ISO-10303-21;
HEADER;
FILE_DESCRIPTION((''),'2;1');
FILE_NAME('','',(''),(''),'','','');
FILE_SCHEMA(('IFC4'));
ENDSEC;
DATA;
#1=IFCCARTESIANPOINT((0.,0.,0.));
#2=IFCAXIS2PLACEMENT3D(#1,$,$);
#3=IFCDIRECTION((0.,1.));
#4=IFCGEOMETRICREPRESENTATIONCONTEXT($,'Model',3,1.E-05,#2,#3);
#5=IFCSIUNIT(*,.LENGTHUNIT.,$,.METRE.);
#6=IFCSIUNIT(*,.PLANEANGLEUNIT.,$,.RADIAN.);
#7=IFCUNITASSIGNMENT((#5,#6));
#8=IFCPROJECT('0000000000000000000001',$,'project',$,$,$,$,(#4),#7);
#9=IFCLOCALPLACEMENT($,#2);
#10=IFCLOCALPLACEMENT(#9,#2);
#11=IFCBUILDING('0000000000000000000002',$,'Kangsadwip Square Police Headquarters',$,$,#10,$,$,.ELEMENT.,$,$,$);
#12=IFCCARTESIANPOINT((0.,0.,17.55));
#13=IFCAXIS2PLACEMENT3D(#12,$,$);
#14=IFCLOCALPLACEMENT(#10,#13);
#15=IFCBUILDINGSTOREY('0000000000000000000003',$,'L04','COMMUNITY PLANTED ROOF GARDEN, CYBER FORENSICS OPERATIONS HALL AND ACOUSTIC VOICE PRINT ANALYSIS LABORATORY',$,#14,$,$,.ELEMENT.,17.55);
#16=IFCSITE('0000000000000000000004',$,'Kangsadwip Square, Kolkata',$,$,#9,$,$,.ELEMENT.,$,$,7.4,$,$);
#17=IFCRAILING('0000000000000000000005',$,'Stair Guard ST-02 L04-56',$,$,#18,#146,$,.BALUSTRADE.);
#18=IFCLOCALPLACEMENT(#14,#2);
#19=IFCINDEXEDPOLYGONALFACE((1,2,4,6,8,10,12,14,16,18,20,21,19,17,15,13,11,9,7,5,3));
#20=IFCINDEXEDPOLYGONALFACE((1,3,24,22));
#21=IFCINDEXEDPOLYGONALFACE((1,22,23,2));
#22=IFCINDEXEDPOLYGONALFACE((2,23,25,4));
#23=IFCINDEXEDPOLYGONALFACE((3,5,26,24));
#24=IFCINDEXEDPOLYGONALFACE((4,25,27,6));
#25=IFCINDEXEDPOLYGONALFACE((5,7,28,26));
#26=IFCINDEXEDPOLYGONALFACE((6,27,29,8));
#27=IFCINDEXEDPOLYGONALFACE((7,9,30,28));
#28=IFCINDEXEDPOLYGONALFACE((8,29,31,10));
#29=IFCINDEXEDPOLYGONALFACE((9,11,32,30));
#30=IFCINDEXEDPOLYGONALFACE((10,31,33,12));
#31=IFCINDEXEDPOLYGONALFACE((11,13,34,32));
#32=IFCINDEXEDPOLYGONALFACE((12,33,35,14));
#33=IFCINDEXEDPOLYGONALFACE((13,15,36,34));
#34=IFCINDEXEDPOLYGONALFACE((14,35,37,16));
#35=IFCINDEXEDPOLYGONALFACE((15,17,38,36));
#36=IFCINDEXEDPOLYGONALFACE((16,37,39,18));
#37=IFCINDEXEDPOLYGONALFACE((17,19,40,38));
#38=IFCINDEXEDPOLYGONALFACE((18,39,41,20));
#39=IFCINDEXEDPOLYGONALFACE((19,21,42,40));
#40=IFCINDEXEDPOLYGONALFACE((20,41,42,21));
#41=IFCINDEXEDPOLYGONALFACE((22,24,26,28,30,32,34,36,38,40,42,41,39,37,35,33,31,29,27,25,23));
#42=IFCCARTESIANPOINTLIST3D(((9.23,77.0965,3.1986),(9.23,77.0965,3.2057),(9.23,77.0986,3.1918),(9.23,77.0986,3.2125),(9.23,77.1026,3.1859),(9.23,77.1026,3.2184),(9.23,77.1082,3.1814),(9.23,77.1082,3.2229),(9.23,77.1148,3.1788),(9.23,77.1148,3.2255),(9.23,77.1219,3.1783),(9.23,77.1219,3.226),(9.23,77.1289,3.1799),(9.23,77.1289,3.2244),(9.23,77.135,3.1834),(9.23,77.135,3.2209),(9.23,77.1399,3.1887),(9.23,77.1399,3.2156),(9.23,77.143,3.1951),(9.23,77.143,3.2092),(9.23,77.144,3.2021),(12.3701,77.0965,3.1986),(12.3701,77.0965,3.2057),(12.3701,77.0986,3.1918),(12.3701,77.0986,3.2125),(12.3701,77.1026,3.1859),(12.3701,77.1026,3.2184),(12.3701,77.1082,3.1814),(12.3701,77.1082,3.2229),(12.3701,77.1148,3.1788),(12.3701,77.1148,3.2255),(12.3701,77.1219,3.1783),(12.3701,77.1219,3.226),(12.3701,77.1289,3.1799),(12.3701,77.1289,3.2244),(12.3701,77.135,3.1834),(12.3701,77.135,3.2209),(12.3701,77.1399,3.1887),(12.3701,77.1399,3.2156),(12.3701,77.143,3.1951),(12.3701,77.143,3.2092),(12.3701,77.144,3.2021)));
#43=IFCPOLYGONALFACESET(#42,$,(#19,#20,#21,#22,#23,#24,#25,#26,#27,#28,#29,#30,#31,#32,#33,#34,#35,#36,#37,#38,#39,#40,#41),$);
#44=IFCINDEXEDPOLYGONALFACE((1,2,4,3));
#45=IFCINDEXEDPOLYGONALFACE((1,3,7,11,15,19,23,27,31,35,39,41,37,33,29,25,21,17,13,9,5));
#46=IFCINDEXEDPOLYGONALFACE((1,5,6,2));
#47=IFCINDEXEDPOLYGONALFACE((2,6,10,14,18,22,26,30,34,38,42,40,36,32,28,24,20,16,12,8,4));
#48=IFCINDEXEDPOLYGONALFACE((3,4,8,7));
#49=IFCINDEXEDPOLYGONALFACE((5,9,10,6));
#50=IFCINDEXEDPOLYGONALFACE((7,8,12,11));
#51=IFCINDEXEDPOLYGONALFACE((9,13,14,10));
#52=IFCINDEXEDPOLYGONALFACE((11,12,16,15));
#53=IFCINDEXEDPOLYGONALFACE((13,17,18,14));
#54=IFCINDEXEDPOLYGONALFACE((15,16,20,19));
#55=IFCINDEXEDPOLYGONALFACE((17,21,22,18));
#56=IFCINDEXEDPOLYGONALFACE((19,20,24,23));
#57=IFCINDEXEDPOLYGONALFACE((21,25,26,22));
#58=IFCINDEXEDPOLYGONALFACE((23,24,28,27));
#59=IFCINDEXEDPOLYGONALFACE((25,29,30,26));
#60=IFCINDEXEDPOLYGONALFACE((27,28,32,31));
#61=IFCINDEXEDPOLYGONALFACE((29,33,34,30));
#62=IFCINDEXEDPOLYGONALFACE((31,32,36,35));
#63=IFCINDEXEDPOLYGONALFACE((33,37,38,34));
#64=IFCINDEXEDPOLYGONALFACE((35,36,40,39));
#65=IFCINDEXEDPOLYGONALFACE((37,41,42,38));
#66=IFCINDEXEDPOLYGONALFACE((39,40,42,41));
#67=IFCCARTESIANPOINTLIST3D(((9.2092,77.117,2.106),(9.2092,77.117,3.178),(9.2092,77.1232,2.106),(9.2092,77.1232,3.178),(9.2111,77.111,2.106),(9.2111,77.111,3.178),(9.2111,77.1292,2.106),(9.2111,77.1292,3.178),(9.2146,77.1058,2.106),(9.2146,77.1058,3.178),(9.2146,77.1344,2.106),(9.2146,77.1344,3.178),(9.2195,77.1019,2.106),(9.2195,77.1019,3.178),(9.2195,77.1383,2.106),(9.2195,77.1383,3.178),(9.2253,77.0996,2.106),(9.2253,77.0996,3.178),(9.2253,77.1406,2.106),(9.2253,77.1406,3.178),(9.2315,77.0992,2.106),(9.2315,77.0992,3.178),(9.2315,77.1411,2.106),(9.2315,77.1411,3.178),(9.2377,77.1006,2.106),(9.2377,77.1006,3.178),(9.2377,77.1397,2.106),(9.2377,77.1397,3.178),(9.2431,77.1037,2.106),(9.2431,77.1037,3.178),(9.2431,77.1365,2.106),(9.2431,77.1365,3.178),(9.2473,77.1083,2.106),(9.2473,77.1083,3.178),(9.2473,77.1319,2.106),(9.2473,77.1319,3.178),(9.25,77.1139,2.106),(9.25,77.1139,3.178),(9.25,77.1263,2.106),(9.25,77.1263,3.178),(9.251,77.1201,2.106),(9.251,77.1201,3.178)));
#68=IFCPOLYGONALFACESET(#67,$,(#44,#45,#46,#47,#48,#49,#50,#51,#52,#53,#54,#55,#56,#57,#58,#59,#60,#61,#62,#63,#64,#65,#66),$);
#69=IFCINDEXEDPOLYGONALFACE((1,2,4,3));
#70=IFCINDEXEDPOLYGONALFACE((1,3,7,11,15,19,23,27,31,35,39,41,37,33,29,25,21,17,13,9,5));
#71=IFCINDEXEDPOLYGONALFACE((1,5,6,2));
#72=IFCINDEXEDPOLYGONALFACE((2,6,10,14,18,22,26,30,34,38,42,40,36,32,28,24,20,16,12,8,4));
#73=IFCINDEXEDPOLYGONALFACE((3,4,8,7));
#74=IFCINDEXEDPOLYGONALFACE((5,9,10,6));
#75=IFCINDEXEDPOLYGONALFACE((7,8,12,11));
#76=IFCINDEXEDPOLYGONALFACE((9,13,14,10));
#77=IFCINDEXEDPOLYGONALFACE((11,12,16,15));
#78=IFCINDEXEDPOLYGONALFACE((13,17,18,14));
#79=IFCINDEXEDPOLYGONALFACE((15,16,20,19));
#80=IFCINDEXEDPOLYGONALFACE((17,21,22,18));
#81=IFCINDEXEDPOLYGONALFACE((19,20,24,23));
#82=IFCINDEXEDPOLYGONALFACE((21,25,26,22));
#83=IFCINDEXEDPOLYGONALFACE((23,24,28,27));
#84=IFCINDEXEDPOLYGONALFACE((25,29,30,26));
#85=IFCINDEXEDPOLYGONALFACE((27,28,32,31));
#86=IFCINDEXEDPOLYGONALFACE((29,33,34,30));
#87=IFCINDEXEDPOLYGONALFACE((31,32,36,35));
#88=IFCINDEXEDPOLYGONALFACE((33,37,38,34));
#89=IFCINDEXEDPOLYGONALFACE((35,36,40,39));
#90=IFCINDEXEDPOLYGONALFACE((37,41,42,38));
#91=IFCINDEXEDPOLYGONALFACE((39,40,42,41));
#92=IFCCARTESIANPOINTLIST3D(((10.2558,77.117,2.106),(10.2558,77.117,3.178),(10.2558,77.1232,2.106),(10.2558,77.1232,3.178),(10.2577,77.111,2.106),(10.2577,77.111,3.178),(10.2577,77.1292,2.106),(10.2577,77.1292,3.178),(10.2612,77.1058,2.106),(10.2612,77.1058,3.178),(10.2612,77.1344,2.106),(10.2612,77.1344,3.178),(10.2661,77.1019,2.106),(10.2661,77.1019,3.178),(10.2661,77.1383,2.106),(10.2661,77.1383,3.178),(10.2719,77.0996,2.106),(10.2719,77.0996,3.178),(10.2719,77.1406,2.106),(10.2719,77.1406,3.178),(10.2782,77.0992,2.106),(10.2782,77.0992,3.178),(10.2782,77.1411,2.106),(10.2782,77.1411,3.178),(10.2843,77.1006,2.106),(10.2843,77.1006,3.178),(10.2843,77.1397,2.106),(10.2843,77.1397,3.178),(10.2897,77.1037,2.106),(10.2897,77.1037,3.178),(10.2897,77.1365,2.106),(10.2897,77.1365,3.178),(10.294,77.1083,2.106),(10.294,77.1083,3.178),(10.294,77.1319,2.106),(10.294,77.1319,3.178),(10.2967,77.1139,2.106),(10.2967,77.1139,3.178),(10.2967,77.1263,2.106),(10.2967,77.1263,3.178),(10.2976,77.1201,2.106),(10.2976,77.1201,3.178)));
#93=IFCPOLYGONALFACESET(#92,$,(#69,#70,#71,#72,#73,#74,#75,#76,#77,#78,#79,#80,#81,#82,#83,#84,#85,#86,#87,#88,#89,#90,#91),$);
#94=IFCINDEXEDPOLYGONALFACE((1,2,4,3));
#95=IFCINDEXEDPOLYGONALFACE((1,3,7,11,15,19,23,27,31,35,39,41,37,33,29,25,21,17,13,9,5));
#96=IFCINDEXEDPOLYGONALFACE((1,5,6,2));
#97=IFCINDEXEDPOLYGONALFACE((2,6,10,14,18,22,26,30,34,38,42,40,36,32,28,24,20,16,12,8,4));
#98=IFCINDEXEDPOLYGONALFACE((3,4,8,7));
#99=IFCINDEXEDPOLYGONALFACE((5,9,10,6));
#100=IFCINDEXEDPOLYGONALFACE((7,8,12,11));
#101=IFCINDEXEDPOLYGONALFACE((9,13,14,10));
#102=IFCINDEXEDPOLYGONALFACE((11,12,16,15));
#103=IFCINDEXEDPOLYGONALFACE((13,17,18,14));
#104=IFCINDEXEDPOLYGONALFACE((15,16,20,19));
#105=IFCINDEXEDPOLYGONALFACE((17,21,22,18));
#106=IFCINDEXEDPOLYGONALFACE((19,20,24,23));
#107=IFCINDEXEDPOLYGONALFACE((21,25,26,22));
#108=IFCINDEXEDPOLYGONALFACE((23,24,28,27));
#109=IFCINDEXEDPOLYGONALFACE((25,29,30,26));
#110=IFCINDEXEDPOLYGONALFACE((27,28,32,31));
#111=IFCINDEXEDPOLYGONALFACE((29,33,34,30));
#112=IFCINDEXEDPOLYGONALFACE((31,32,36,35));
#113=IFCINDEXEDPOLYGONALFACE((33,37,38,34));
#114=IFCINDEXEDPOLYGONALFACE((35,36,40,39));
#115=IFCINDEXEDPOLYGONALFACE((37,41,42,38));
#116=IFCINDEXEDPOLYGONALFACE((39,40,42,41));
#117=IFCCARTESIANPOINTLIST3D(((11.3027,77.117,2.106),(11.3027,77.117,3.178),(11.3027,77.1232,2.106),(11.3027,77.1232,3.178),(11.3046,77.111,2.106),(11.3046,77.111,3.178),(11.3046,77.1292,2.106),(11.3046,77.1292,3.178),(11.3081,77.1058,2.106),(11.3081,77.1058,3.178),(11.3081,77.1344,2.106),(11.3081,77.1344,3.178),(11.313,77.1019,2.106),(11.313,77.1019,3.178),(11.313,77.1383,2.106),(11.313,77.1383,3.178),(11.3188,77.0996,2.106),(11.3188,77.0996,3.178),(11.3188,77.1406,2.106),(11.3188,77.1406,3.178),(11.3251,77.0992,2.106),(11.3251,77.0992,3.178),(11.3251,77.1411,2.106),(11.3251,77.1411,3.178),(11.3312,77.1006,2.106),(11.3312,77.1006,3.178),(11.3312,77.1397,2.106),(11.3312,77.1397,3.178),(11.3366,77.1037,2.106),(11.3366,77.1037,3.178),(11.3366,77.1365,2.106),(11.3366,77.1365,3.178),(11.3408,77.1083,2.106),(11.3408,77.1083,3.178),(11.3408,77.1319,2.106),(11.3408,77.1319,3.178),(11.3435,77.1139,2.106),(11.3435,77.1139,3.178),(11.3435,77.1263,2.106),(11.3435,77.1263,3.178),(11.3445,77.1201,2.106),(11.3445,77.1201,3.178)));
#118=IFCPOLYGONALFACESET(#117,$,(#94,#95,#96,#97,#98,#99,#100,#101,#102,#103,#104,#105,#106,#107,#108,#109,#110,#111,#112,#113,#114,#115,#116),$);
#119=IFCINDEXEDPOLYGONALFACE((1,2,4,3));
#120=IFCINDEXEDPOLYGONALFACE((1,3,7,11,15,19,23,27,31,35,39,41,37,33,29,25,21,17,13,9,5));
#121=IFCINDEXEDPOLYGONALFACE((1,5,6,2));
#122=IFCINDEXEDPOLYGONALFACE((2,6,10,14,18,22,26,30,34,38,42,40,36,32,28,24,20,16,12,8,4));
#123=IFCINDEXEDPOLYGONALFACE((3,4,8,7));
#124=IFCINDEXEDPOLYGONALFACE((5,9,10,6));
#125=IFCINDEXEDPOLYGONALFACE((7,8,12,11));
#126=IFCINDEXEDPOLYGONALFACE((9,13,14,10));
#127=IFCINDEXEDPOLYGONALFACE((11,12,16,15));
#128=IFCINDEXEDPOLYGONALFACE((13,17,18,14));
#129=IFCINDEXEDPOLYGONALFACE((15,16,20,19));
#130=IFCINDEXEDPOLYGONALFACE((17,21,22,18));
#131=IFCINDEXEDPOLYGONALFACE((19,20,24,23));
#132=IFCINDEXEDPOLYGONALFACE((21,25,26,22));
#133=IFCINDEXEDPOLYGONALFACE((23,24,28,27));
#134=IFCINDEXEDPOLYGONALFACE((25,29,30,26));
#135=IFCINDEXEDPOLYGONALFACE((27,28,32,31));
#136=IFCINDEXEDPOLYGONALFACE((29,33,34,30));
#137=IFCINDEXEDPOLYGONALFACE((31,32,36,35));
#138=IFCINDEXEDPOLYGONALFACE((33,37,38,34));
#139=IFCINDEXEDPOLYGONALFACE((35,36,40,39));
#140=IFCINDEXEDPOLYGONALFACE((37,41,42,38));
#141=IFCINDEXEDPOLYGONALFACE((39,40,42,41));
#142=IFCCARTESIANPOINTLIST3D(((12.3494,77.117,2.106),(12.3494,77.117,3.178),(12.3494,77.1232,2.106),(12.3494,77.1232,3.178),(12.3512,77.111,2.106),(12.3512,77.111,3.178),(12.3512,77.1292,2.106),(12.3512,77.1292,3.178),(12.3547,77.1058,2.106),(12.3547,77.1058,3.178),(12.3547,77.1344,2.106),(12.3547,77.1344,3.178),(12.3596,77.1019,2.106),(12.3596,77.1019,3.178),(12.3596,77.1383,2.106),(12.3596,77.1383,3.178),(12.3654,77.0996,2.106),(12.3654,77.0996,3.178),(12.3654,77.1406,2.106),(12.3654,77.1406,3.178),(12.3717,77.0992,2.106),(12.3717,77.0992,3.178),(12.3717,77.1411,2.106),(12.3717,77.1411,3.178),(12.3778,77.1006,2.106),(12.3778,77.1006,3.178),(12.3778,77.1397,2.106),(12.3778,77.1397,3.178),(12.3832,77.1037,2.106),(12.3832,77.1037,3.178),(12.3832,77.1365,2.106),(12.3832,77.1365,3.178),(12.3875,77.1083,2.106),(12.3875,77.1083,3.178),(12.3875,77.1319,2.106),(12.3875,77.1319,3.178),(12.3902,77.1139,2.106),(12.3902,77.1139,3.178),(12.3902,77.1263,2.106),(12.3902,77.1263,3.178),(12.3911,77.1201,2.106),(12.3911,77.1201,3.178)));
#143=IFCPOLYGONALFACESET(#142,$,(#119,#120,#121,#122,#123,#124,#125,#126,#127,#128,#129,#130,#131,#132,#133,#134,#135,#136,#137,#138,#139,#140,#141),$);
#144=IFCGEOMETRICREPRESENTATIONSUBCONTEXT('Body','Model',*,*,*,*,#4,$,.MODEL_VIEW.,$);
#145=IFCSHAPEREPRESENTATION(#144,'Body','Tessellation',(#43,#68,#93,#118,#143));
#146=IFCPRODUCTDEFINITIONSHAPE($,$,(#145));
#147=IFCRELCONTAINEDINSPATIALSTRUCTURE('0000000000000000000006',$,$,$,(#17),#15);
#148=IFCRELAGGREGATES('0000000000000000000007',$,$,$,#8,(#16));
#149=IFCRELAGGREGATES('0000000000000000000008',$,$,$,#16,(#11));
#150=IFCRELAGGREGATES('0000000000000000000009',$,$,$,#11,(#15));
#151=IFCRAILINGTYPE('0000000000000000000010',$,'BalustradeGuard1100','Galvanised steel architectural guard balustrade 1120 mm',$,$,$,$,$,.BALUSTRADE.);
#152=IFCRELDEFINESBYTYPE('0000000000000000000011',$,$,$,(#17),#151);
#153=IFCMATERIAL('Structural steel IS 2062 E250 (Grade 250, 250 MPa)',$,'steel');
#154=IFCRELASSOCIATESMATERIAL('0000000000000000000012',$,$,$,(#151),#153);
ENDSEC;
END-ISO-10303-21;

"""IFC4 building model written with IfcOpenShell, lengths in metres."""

from ifc_helpers import new_model, si_unit, direction, frame, origin, origin_2d, place, context, subcontext, project, spatial, circle, extrude, material, type_object, element, save


model = new_model("IFC4")

# Units and contexts
model_context = context("Model", 3, precision=1e-05, world=origin(), true_north=direction((0.0, 1.0)))
body_context = subcontext(model_context, "Body", "Model", "MODEL_VIEW")
ifc_project = project(units=[si_unit("LENGTHUNIT", "METRE"), si_unit("PLANEANGLEUNIT", "RADIAN")], contexts=[model_context])

# Site, building, storey
site_placement = place(None, origin())
site = spatial("IfcSite", under=ifc_project, at=site_placement, Name="Kangsadwip Square, Kolkata", CompositionType="ELEMENT", RefElevation=7.4)
building_placement = place(site_placement, origin())
building = spatial("IfcBuilding", under=site, at=building_placement, Name="Kangsadwip Square Police Headquarters", CompositionType="ELEMENT")
storey_placement = place(building_placement, frame((0.0, 0.0, 17.55)))
storey = spatial("IfcBuildingStorey", under=building, at=storey_placement, Name="L04", Description="COMMUNITY PLANTED ROOF GARDEN, CYBER FORENSICS OPERATIONS HALL AND ACOUSTIC VOICE PRINT ANALYSIS LABORATORY", CompositionType="ELEMENT", Elevation=17.55)

# Railing
ifc_material_1 = material(Name="Structural steel IS 2062 E250 (Grade 250, 250 MPa)", Category="steel")
railing_type_1 = type_object("IfcRailingType", Name="BalustradeGuard1100", Description="Galvanised steel architectural guard balustrade 1120 mm", PredefinedType="BALUSTRADE", material=ifc_material_1)
for number, where, name in (
    (1, (9.23, 77.1201, 2.106), "Stair Guard ST-02 L04-56"),
):
    element("IfcRailing", number, at=place(storey_placement, frame(where)), inside=storey, type_object=railing_type_1, Name=name, PredefinedType="BALUSTRADE", context=body_context, shape_type="SweptSolid", body=[
        extrude(circle(Radius=0.0239, at=origin_2d()), frame((0.0, 0.0, 1.0962), z_axis=(1.0, 0.0, 0.0), x_axis=(0.0, 1.0, 0.0)), (0.0, 0.0, 1.0), 3.1401),
        extrude(circle(Radius=0.021, at=origin_2d()), origin(), (0.0, 0.0, 1.0), 1.072),
        extrude(circle(Radius=0.021, at=origin_2d()), frame((1.0466, 0.0, 0.0)), (0.0, 0.0, 1.0), 1.072),
        extrude(circle(Radius=0.021, at=origin_2d()), frame((2.0935, 0.0, 0.0)), (0.0, 0.0, 1.0), 1.072),
        extrude(circle(Radius=0.021, at=origin_2d()), frame((3.1401, 0.0, 0.0)), (0.0, 0.0, 1.0), 1.072),
    ])

save(model, "model.ifc")
